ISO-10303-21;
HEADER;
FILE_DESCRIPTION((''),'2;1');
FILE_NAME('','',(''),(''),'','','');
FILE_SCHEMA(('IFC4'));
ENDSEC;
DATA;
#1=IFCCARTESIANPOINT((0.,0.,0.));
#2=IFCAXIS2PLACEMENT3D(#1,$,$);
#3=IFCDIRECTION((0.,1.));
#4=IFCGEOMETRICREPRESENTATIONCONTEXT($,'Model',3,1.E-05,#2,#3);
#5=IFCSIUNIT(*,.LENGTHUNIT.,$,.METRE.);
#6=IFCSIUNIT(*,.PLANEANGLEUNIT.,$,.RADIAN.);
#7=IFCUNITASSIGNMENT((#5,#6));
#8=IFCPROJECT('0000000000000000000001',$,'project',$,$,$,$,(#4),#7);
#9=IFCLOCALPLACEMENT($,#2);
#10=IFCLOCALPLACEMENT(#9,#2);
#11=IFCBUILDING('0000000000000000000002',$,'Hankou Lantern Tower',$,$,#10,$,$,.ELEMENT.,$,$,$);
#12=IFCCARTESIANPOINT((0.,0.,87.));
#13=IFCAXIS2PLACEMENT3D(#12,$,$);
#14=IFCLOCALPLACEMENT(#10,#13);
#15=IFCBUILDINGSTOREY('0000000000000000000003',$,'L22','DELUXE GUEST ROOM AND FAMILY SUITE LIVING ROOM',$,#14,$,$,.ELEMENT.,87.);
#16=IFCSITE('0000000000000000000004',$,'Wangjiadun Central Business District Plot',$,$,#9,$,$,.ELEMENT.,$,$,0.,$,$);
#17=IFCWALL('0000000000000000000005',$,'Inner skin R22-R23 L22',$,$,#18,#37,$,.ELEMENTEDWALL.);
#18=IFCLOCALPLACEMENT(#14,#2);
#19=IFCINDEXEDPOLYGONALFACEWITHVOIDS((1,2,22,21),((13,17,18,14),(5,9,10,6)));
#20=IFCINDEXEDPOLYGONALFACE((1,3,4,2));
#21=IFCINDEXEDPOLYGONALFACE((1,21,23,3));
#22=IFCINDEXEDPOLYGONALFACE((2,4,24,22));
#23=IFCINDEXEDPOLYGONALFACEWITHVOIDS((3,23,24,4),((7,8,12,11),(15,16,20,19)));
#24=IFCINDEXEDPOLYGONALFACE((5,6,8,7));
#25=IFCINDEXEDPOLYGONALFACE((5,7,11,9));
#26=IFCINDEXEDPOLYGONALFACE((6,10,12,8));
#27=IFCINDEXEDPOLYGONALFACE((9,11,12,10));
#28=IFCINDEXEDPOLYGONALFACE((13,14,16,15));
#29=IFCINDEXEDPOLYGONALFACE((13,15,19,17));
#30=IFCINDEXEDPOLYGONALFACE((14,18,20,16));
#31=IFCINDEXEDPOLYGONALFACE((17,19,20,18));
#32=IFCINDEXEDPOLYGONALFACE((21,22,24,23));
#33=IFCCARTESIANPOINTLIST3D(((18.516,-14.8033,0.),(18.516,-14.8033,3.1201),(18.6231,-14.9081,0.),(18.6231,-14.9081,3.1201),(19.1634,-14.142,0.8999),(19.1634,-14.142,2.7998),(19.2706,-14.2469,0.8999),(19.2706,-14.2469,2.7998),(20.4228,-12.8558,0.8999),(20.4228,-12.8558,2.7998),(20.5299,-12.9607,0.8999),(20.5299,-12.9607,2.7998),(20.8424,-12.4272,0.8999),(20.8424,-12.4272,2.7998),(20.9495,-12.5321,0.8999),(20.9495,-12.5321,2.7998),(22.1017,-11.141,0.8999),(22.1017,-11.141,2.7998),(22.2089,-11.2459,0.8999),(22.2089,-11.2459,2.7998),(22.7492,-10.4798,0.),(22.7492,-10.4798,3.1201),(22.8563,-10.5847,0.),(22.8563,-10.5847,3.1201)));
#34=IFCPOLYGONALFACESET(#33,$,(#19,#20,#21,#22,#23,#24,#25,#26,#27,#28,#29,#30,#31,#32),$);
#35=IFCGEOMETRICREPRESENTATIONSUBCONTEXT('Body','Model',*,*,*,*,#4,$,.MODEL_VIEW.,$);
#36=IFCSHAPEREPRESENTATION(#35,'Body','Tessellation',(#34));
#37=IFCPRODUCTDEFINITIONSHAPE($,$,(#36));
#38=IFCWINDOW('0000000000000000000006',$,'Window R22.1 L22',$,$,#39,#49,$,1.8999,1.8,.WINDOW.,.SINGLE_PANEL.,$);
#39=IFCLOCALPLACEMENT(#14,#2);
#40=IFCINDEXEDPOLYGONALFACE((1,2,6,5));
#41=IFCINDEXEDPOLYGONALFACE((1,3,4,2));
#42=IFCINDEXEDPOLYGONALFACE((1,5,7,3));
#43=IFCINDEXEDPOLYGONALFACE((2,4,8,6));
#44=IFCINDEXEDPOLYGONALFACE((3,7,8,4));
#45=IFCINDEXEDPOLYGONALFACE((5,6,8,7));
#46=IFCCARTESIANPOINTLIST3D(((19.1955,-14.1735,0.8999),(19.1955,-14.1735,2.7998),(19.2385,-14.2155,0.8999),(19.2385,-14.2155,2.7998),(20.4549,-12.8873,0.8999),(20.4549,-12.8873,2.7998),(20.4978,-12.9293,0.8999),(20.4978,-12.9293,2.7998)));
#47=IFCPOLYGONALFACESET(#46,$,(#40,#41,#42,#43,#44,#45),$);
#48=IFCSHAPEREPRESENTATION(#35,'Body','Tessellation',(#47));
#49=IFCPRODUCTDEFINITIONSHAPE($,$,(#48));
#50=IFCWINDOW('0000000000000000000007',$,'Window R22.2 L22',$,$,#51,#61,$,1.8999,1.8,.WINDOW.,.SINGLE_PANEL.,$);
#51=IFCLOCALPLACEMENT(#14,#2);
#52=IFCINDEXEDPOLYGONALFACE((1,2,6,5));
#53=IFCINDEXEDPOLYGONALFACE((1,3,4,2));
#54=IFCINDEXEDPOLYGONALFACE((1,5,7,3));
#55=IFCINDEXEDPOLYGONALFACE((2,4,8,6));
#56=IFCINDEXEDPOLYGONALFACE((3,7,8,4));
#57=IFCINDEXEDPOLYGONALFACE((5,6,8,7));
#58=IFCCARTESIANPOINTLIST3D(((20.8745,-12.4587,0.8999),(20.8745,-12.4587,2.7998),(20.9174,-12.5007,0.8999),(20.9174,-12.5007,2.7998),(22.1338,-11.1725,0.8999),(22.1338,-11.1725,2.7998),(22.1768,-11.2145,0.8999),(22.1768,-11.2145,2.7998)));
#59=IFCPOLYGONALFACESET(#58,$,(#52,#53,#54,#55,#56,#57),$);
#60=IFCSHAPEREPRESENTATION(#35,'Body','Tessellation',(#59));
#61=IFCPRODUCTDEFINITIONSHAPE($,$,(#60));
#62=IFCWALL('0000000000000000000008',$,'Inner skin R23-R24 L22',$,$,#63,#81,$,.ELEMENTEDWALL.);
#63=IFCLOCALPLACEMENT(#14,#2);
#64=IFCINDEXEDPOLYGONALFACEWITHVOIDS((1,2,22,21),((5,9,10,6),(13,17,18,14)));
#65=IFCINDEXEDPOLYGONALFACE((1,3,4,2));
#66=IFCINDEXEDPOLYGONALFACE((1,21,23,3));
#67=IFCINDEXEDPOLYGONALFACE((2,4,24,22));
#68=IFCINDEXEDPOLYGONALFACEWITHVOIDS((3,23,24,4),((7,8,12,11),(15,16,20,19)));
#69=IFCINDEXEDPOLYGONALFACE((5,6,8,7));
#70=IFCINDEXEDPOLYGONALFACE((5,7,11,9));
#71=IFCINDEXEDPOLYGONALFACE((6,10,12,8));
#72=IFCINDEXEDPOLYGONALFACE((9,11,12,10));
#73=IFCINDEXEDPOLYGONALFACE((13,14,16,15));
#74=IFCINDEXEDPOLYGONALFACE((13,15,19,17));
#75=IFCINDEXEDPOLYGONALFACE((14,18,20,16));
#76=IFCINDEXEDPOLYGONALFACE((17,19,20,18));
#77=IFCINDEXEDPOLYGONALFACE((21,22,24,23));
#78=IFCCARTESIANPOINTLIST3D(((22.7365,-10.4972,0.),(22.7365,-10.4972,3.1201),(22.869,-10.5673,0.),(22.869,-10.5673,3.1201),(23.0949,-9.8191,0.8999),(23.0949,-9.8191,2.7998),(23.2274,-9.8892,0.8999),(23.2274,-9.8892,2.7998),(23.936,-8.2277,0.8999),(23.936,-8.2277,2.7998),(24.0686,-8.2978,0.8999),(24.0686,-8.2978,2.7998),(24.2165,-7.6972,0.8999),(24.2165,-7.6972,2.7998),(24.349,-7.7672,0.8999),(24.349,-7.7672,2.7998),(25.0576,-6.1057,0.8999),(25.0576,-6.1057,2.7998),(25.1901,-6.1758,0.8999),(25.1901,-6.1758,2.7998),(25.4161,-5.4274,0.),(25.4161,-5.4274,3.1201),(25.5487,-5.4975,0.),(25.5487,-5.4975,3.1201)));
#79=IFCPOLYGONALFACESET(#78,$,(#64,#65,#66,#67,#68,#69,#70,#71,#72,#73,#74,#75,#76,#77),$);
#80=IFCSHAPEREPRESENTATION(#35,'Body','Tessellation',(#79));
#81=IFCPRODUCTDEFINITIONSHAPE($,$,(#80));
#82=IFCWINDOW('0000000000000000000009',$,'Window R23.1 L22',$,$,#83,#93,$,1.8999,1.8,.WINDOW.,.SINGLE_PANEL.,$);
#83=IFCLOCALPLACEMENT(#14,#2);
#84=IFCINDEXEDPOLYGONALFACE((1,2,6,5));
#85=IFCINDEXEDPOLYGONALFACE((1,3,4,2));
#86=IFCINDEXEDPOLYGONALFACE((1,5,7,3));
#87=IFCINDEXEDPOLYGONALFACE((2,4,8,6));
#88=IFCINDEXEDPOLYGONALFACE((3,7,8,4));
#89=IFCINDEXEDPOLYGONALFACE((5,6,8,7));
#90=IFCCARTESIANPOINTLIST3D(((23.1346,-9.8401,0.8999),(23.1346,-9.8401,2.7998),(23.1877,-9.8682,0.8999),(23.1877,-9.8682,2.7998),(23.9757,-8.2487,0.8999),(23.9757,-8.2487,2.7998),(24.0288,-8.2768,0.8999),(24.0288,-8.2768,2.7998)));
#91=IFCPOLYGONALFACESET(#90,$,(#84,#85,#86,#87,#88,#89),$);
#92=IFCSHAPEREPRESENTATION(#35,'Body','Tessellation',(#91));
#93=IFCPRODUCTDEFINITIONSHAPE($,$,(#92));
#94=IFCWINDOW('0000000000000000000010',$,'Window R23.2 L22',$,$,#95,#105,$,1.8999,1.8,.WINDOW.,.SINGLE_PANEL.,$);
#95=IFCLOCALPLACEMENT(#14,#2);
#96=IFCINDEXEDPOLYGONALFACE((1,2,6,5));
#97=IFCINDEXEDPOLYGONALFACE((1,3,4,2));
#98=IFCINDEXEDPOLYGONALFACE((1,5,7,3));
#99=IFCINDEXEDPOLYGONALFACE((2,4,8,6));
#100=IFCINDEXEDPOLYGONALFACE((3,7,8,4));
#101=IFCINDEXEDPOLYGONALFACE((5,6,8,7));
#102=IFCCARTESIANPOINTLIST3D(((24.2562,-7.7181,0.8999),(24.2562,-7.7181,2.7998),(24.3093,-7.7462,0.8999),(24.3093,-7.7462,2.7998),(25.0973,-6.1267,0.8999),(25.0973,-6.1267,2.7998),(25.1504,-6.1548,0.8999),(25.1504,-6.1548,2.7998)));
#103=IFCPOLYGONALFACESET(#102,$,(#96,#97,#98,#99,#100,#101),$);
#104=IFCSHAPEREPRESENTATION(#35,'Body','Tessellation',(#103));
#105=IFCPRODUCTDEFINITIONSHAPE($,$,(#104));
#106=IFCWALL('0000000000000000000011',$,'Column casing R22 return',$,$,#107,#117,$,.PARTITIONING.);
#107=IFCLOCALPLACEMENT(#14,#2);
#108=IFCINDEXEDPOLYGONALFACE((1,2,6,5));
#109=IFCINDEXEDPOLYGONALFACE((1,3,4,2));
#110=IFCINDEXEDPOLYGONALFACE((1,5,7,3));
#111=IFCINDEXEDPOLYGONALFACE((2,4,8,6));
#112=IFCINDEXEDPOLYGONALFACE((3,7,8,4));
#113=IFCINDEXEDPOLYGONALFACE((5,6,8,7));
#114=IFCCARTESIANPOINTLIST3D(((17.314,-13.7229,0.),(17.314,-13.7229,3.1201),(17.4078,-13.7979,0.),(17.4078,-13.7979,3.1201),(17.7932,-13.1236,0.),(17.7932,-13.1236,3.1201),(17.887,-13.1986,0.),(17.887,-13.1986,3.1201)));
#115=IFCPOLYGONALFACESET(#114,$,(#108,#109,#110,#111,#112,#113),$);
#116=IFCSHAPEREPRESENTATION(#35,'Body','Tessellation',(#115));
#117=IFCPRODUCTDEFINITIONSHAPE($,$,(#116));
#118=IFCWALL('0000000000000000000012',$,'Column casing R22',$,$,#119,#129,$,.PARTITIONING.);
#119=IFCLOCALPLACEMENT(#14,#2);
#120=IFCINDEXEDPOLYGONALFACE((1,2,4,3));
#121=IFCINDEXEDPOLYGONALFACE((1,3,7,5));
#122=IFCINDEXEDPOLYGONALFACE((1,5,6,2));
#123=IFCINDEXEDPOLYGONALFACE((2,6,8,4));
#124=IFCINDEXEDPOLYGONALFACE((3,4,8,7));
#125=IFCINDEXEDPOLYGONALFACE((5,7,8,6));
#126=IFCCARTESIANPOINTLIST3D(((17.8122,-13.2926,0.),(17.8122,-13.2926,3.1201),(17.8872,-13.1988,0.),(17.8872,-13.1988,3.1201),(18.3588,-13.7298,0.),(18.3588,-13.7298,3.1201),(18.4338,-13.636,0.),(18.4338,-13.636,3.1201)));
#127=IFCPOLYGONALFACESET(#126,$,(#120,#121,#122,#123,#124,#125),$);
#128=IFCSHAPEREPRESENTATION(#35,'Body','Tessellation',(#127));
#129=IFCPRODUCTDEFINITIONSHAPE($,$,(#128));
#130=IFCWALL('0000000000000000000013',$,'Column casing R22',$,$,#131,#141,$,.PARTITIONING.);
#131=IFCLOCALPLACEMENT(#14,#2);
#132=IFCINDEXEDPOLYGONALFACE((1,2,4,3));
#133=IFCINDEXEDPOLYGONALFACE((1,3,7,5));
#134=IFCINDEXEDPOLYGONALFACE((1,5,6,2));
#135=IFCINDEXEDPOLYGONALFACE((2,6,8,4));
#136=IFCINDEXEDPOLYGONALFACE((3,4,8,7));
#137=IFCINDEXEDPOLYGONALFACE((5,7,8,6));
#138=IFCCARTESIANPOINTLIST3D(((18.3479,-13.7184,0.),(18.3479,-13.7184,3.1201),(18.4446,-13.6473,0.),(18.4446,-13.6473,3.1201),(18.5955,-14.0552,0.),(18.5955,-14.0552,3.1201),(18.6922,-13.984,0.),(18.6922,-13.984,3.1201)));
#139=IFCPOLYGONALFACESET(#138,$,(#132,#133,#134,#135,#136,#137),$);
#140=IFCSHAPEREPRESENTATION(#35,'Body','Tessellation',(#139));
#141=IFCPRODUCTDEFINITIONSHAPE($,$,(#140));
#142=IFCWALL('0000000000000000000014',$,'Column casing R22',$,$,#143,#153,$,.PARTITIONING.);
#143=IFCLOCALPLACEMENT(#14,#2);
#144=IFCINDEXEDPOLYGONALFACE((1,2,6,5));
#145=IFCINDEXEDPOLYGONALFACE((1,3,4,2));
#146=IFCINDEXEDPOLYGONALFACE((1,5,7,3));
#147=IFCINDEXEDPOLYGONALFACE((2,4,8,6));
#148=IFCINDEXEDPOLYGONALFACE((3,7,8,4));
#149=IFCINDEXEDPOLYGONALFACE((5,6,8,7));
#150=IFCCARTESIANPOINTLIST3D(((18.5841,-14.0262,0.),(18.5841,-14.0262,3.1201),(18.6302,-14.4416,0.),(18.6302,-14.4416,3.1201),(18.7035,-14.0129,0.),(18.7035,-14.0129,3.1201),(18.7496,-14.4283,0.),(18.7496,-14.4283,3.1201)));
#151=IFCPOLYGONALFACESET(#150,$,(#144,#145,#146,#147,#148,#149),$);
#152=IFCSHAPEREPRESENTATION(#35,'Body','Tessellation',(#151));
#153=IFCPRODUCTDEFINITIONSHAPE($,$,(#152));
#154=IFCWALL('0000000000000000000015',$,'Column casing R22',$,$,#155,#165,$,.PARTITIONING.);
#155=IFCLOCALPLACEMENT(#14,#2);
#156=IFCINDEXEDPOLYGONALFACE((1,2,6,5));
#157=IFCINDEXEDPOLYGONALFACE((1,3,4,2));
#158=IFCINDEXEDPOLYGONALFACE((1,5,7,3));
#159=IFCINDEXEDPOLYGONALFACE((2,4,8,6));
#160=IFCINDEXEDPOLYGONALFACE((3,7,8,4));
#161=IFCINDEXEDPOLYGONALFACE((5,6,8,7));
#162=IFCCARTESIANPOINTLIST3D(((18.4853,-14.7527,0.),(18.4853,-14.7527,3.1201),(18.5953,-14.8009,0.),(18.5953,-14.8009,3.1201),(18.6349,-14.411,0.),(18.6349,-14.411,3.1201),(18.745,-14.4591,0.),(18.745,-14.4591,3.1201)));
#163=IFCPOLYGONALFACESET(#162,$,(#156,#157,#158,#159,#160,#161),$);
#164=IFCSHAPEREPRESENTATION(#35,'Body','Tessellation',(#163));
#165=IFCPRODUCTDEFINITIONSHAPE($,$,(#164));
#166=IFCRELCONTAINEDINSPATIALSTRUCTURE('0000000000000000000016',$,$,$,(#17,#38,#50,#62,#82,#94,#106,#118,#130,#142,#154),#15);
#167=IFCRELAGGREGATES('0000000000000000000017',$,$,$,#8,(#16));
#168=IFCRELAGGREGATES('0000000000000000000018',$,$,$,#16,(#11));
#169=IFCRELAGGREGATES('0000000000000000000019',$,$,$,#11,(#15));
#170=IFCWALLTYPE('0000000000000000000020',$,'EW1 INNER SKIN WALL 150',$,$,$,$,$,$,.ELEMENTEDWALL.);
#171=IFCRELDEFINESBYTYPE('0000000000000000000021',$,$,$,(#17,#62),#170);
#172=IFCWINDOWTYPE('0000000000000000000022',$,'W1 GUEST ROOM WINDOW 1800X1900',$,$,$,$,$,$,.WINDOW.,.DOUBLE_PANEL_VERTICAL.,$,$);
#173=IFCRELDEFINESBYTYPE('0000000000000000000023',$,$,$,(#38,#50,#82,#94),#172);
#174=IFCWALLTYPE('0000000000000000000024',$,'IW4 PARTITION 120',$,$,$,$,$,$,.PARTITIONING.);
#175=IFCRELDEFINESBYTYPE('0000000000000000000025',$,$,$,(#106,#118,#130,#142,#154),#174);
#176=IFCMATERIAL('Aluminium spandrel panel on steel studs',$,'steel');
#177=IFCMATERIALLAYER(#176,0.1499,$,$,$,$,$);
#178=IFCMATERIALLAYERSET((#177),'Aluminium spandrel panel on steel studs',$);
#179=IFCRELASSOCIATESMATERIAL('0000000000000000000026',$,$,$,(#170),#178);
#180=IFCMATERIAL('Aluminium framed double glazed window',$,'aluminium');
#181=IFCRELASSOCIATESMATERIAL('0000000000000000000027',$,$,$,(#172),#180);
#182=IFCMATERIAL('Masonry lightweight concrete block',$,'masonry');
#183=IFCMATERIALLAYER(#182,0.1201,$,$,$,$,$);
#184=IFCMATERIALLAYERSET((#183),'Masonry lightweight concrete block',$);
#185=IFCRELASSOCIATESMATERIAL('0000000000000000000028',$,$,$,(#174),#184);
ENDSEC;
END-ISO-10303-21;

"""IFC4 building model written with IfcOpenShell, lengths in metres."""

from ifc_helpers import new_model, si_unit, direction, frame, frame_2d, origin, place, context, subcontext, project, spatial, rectangle, extrude, material, layer, layer_set, type_object, element, fill, save


model = new_model("IFC4")

# Units and contexts
model_context = context("Model", 3, precision=1e-05, world=origin(), true_north=direction((0.0, 1.0)))
body_context = subcontext(model_context, "Body", "Model", "MODEL_VIEW")
ifc_project = project(units=[si_unit("LENGTHUNIT", "METRE"), si_unit("PLANEANGLEUNIT", "RADIAN")], contexts=[model_context])

# Site, building, storey
site_placement = place(None, origin())
site = spatial("IfcSite", under=ifc_project, at=site_placement, Name="Wangjiadun Central Business District Plot", CompositionType="ELEMENT", RefElevation=0.0)
building_placement = place(site_placement, origin())
building = spatial("IfcBuilding", under=site, at=building_placement, Name="Hankou Lantern Tower", CompositionType="ELEMENT")
storey_placement = place(building_placement, frame((0.0, 0.0, 87.0)))
storey = spatial("IfcBuildingStorey", under=building, at=storey_placement, Name="L22", Description="DELUXE GUEST ROOM AND FAMILY SUITE LIVING ROOM", CompositionType="ELEMENT", Elevation=87.0)

# Walls, openings, windows
ifc_material_1 = material(Name="Aluminium spandrel panel on steel studs", Category="steel")
ifc_layer_1 = layer(ifc_material_1, 0.1499)
ifc_layer_set_1 = layer_set([ifc_layer_1], Name="Aluminium spandrel panel on steel studs")
wall_type_1 = type_object("IfcWallType", Name="EW1 INNER SKIN WALL 150", PredefinedType="ELEMENTEDWALL", material=ifc_layer_set_1)
wall_1_placement = place(storey_placement, frame((18.5696, -14.8557, 0.0), z_axis=(0.0, 0.0, 1.0), x_axis=(0.699603, 0.714532, 0.0)))
wall_1 = element("IfcWall", 1, at=wall_1_placement, inside=storey, type_object=wall_type_1, Name="Inner skin R22-R23 L22", PredefinedType="ELEMENTEDWALL", context=body_context, shape_type="SweptSolid", body=[
    extrude(rectangle(XDim=6.0508, YDim=0.1499, at=frame_2d((3.0254, 0.0))), origin(), (0.0, 0.0, 1.0), 3.1201),
])
opening_1_placement = place(wall_1_placement, frame((0.9255, 0.0, 0.8999)))
opening_1 = element("IfcOpeningElement", 2, at=opening_1_placement, cuts=wall_1, PredefinedType="OPENING", context=body_context, shape_type="SweptSolid", body=[
    extrude(rectangle(XDim=1.8, YDim=1.8999, at=frame_2d((0.8999, 0.95))), frame((0.0, 0.085, 0.0), z_axis=(0.0, -1.0, 0.0), x_axis=(1.0, 0.0, 0.0)), (0.0, 0.0, 1.0), 0.1699),
])
opening_2_placement = place(wall_1_placement, frame((3.3254, 0.0, 0.8999)))
opening_2 = element("IfcOpeningElement", 3, at=opening_2_placement, cuts=wall_1, PredefinedType="OPENING", context=body_context, shape_type="SweptSolid", body=[
    extrude(rectangle(XDim=1.8, YDim=1.8999, at=frame_2d((0.8999, 0.95))), frame((0.0, 0.085, 0.0), z_axis=(0.0, -1.0, 0.0), x_axis=(1.0, 0.0, 0.0)), (0.0, 0.0, 1.0), 0.1699),
])
ifc_material_2 = material(Name="Aluminium framed double glazed window", Category="aluminium")
window_type = type_object("IfcWindowType", Name="W1 GUEST ROOM WINDOW 1800X1900", PartitioningType="DOUBLE_PANEL_VERTICAL", PredefinedType="WINDOW", material=ifc_material_2)
window_1_placement = place(opening_1_placement, origin())
window_1 = element("IfcWindow", 4, at=window_1_placement, inside=storey, type_object=window_type, Name="Window R22.1 L22", OverallHeight=1.8999, OverallWidth=1.8, PartitioningType="SINGLE_PANEL", PredefinedType="WINDOW", context=body_context, shape_type="SweptSolid", body=[
    extrude(rectangle(XDim=1.8, YDim=1.8999, at=frame_2d((0.8999, 0.95))), frame((0.0, 0.03, 0.0), z_axis=(0.0, -1.0, 0.0), x_axis=(1.0, 0.0, 0.0)), (0.0, 0.0, 1.0), 0.0601),
])
fill(opening_1, window_1)
window_2_placement = place(opening_2_placement, origin())
window_2 = element("IfcWindow", 5, at=window_2_placement, inside=storey, type_object=window_type, Name="Window R22.2 L22", OverallHeight=1.8999, OverallWidth=1.8, PartitioningType="SINGLE_PANEL", PredefinedType="WINDOW", context=body_context, shape_type="SweptSolid", body=[
    extrude(rectangle(XDim=1.8, YDim=1.8999, at=frame_2d((0.8999, 0.95))), frame((0.0, 0.03, 0.0), z_axis=(0.0, -1.0, 0.0), x_axis=(1.0, 0.0, 0.0)), (0.0, 0.0, 1.0), 0.0601),
])
fill(opening_2, window_2)
wall_2_placement = place(storey_placement, frame((22.8027, -10.5322, 0.0), z_axis=(0.0, 0.0, 1.0), x_axis=(0.467297, 0.8841, 0.0)))
wall_2 = element("IfcWall", 6, at=wall_2_placement, inside=storey, type_object=wall_type_1, Name="Inner skin R23-R24 L22", PredefinedType="ELEMENTEDWALL", context=body_context, shape_type="SweptSolid", body=[
    extrude(rectangle(XDim=5.7344, YDim=0.1499, at=frame_2d((2.8672, 0.0))), origin(), (0.0, 0.0, 1.0), 3.1201),
])
opening_3_placement = place(wall_2_placement, frame((0.7671, 0.0, 0.8999)))
opening_3 = element("IfcOpeningElement", 7, at=opening_3_placement, cuts=wall_2, PredefinedType="OPENING", context=body_context, shape_type="SweptSolid", body=[
    extrude(rectangle(XDim=1.8, YDim=1.8999, at=frame_2d((0.8999, 0.95))), frame((0.0, 0.085, 0.0), z_axis=(0.0, -1.0, 0.0), x_axis=(1.0, 0.0, 0.0)), (0.0, 0.0, 1.0), 0.1699),
])
opening_4_placement = place(wall_2_placement, frame((3.1672, 0.0, 0.8999)))
opening_4 = element("IfcOpeningElement", 8, at=opening_4_placement, cuts=wall_2, PredefinedType="OPENING", context=body_context, shape_type="SweptSolid", body=[
    extrude(rectangle(XDim=1.8, YDim=1.8999, at=frame_2d((0.8999, 0.95))), frame((0.0, 0.085, 0.0), z_axis=(0.0, -1.0, 0.0), x_axis=(1.0, 0.0, 0.0)), (0.0, 0.0, 1.0), 0.1699),
])
window_3_placement = place(opening_3_placement, origin())
window_3 = element("IfcWindow", 9, at=window_3_placement, inside=storey, type_object=window_type, Name="Window R23.1 L22", OverallHeight=1.8999, OverallWidth=1.8, PartitioningType="SINGLE_PANEL", PredefinedType="WINDOW", context=body_context, shape_type="SweptSolid", body=[
    extrude(rectangle(XDim=1.8, YDim=1.8999, at=frame_2d((0.8999, 0.95))), frame((0.0, 0.03, 0.0), z_axis=(0.0, -1.0, 0.0), x_axis=(1.0, 0.0, 0.0)), (0.0, 0.0, 1.0), 0.0601),
])
fill(opening_3, window_3)
window_4_placement = place(opening_4_placement, origin())
window_4 = element("IfcWindow", 10, at=window_4_placement, inside=storey, type_object=window_type, Name="Window R23.2 L22", OverallHeight=1.8999, OverallWidth=1.8, PartitioningType="SINGLE_PANEL", PredefinedType="WINDOW", context=body_context, shape_type="SweptSolid", body=[
    extrude(rectangle(XDim=1.8, YDim=1.8999, at=frame_2d((0.8999, 0.95))), frame((0.0, 0.03, 0.0), z_axis=(0.0, -1.0, 0.0), x_axis=(1.0, 0.0, 0.0)), (0.0, 0.0, 1.0), 0.0601),
])
fill(opening_4, window_4)

# Walls
ifc_material_3 = material(Name="Masonry lightweight concrete block", Category="masonry")
ifc_layer_2 = layer(ifc_material_3, 0.1201)
ifc_layer_set_2 = layer_set([ifc_layer_2], Name="Masonry lightweight concrete block")
wall_type_2 = type_object("IfcWallType", Name="IW4 PARTITION 120", PredefinedType="PARTITIONING", material=ifc_layer_set_2)
wall_3_placement = place(storey_placement, frame((17.3608, -13.7605, 0.0), z_axis=(0.0, 0.0, 1.0), x_axis=(0.624501, 0.781024, 0.0)))
element("IfcWall", 11, at=wall_3_placement, inside=storey, type_object=wall_type_2, Name="Column casing R22 return", PredefinedType="PARTITIONING", context=body_context, shape_type="SweptSolid", body=[
    extrude(rectangle(XDim=0.7673, YDim=0.1201, at=frame_2d((0.3838, 0.0))), origin(), (0.0, 0.0, 1.0), 3.1201),
])
wall_4_placement = place(storey_placement, frame((17.8496, -13.2456, 0.0), z_axis=(0.0, 0.0, 1.0), x_axis=(0.780903, -0.624653, 0.0)))
element("IfcWall", 12, at=wall_4_placement, inside=storey, type_object=wall_type_2, Name="Column casing R22", PredefinedType="PARTITIONING", context=body_context, shape_type="SweptSolid", body=[
    extrude(rectangle(XDim=0.7, YDim=0.1201, at=frame_2d((0.3501, 0.0))), origin(), (0.0, 0.0, 1.0), 3.1201),
])
for number, where, z_axis, x_axis, name in (
    (13, (18.3962, -13.6829, 0.0), (0.0, 0.0, 1.0), (0.592402, -0.805643, 0.0), "Column casing R22"),
    (14, (18.6438, -14.0195, 0.0), (0.0, 0.0, 1.0), (0.110367, -0.993891, 0.0), "Column casing R22"),
):
    element("IfcWall", number, at=place(storey_placement, frame(where, z_axis=z_axis, x_axis=x_axis)), inside=storey, type_object=wall_type_2, Name=name, PredefinedType="PARTITIONING", context=body_context, shape_type="SweptSolid", body=[
        extrude(rectangle(XDim=0.418, YDim=0.1201, at=frame_2d((0.209, 0.0))), origin(), (0.0, 0.0, 1.0), 3.1201),
    ])
wall_5_placement = place(storey_placement, frame((18.6899, -14.4351, 0.0), z_axis=(0.0, 0.0, 1.0), x_axis=(-0.401093, -0.916037, 0.0)))
element("IfcWall", 15, at=wall_5_placement, inside=storey, type_object=wall_type_2, Name="Column casing R22", PredefinedType="PARTITIONING", context=body_context, shape_type="SweptSolid", body=[
    extrude(rectangle(XDim=0.373, YDim=0.1201, at=frame_2d((0.1865, 0.0))), origin(), (0.0, 0.0, 1.0), 3.1201),
])

save(model, "model.ifc")
